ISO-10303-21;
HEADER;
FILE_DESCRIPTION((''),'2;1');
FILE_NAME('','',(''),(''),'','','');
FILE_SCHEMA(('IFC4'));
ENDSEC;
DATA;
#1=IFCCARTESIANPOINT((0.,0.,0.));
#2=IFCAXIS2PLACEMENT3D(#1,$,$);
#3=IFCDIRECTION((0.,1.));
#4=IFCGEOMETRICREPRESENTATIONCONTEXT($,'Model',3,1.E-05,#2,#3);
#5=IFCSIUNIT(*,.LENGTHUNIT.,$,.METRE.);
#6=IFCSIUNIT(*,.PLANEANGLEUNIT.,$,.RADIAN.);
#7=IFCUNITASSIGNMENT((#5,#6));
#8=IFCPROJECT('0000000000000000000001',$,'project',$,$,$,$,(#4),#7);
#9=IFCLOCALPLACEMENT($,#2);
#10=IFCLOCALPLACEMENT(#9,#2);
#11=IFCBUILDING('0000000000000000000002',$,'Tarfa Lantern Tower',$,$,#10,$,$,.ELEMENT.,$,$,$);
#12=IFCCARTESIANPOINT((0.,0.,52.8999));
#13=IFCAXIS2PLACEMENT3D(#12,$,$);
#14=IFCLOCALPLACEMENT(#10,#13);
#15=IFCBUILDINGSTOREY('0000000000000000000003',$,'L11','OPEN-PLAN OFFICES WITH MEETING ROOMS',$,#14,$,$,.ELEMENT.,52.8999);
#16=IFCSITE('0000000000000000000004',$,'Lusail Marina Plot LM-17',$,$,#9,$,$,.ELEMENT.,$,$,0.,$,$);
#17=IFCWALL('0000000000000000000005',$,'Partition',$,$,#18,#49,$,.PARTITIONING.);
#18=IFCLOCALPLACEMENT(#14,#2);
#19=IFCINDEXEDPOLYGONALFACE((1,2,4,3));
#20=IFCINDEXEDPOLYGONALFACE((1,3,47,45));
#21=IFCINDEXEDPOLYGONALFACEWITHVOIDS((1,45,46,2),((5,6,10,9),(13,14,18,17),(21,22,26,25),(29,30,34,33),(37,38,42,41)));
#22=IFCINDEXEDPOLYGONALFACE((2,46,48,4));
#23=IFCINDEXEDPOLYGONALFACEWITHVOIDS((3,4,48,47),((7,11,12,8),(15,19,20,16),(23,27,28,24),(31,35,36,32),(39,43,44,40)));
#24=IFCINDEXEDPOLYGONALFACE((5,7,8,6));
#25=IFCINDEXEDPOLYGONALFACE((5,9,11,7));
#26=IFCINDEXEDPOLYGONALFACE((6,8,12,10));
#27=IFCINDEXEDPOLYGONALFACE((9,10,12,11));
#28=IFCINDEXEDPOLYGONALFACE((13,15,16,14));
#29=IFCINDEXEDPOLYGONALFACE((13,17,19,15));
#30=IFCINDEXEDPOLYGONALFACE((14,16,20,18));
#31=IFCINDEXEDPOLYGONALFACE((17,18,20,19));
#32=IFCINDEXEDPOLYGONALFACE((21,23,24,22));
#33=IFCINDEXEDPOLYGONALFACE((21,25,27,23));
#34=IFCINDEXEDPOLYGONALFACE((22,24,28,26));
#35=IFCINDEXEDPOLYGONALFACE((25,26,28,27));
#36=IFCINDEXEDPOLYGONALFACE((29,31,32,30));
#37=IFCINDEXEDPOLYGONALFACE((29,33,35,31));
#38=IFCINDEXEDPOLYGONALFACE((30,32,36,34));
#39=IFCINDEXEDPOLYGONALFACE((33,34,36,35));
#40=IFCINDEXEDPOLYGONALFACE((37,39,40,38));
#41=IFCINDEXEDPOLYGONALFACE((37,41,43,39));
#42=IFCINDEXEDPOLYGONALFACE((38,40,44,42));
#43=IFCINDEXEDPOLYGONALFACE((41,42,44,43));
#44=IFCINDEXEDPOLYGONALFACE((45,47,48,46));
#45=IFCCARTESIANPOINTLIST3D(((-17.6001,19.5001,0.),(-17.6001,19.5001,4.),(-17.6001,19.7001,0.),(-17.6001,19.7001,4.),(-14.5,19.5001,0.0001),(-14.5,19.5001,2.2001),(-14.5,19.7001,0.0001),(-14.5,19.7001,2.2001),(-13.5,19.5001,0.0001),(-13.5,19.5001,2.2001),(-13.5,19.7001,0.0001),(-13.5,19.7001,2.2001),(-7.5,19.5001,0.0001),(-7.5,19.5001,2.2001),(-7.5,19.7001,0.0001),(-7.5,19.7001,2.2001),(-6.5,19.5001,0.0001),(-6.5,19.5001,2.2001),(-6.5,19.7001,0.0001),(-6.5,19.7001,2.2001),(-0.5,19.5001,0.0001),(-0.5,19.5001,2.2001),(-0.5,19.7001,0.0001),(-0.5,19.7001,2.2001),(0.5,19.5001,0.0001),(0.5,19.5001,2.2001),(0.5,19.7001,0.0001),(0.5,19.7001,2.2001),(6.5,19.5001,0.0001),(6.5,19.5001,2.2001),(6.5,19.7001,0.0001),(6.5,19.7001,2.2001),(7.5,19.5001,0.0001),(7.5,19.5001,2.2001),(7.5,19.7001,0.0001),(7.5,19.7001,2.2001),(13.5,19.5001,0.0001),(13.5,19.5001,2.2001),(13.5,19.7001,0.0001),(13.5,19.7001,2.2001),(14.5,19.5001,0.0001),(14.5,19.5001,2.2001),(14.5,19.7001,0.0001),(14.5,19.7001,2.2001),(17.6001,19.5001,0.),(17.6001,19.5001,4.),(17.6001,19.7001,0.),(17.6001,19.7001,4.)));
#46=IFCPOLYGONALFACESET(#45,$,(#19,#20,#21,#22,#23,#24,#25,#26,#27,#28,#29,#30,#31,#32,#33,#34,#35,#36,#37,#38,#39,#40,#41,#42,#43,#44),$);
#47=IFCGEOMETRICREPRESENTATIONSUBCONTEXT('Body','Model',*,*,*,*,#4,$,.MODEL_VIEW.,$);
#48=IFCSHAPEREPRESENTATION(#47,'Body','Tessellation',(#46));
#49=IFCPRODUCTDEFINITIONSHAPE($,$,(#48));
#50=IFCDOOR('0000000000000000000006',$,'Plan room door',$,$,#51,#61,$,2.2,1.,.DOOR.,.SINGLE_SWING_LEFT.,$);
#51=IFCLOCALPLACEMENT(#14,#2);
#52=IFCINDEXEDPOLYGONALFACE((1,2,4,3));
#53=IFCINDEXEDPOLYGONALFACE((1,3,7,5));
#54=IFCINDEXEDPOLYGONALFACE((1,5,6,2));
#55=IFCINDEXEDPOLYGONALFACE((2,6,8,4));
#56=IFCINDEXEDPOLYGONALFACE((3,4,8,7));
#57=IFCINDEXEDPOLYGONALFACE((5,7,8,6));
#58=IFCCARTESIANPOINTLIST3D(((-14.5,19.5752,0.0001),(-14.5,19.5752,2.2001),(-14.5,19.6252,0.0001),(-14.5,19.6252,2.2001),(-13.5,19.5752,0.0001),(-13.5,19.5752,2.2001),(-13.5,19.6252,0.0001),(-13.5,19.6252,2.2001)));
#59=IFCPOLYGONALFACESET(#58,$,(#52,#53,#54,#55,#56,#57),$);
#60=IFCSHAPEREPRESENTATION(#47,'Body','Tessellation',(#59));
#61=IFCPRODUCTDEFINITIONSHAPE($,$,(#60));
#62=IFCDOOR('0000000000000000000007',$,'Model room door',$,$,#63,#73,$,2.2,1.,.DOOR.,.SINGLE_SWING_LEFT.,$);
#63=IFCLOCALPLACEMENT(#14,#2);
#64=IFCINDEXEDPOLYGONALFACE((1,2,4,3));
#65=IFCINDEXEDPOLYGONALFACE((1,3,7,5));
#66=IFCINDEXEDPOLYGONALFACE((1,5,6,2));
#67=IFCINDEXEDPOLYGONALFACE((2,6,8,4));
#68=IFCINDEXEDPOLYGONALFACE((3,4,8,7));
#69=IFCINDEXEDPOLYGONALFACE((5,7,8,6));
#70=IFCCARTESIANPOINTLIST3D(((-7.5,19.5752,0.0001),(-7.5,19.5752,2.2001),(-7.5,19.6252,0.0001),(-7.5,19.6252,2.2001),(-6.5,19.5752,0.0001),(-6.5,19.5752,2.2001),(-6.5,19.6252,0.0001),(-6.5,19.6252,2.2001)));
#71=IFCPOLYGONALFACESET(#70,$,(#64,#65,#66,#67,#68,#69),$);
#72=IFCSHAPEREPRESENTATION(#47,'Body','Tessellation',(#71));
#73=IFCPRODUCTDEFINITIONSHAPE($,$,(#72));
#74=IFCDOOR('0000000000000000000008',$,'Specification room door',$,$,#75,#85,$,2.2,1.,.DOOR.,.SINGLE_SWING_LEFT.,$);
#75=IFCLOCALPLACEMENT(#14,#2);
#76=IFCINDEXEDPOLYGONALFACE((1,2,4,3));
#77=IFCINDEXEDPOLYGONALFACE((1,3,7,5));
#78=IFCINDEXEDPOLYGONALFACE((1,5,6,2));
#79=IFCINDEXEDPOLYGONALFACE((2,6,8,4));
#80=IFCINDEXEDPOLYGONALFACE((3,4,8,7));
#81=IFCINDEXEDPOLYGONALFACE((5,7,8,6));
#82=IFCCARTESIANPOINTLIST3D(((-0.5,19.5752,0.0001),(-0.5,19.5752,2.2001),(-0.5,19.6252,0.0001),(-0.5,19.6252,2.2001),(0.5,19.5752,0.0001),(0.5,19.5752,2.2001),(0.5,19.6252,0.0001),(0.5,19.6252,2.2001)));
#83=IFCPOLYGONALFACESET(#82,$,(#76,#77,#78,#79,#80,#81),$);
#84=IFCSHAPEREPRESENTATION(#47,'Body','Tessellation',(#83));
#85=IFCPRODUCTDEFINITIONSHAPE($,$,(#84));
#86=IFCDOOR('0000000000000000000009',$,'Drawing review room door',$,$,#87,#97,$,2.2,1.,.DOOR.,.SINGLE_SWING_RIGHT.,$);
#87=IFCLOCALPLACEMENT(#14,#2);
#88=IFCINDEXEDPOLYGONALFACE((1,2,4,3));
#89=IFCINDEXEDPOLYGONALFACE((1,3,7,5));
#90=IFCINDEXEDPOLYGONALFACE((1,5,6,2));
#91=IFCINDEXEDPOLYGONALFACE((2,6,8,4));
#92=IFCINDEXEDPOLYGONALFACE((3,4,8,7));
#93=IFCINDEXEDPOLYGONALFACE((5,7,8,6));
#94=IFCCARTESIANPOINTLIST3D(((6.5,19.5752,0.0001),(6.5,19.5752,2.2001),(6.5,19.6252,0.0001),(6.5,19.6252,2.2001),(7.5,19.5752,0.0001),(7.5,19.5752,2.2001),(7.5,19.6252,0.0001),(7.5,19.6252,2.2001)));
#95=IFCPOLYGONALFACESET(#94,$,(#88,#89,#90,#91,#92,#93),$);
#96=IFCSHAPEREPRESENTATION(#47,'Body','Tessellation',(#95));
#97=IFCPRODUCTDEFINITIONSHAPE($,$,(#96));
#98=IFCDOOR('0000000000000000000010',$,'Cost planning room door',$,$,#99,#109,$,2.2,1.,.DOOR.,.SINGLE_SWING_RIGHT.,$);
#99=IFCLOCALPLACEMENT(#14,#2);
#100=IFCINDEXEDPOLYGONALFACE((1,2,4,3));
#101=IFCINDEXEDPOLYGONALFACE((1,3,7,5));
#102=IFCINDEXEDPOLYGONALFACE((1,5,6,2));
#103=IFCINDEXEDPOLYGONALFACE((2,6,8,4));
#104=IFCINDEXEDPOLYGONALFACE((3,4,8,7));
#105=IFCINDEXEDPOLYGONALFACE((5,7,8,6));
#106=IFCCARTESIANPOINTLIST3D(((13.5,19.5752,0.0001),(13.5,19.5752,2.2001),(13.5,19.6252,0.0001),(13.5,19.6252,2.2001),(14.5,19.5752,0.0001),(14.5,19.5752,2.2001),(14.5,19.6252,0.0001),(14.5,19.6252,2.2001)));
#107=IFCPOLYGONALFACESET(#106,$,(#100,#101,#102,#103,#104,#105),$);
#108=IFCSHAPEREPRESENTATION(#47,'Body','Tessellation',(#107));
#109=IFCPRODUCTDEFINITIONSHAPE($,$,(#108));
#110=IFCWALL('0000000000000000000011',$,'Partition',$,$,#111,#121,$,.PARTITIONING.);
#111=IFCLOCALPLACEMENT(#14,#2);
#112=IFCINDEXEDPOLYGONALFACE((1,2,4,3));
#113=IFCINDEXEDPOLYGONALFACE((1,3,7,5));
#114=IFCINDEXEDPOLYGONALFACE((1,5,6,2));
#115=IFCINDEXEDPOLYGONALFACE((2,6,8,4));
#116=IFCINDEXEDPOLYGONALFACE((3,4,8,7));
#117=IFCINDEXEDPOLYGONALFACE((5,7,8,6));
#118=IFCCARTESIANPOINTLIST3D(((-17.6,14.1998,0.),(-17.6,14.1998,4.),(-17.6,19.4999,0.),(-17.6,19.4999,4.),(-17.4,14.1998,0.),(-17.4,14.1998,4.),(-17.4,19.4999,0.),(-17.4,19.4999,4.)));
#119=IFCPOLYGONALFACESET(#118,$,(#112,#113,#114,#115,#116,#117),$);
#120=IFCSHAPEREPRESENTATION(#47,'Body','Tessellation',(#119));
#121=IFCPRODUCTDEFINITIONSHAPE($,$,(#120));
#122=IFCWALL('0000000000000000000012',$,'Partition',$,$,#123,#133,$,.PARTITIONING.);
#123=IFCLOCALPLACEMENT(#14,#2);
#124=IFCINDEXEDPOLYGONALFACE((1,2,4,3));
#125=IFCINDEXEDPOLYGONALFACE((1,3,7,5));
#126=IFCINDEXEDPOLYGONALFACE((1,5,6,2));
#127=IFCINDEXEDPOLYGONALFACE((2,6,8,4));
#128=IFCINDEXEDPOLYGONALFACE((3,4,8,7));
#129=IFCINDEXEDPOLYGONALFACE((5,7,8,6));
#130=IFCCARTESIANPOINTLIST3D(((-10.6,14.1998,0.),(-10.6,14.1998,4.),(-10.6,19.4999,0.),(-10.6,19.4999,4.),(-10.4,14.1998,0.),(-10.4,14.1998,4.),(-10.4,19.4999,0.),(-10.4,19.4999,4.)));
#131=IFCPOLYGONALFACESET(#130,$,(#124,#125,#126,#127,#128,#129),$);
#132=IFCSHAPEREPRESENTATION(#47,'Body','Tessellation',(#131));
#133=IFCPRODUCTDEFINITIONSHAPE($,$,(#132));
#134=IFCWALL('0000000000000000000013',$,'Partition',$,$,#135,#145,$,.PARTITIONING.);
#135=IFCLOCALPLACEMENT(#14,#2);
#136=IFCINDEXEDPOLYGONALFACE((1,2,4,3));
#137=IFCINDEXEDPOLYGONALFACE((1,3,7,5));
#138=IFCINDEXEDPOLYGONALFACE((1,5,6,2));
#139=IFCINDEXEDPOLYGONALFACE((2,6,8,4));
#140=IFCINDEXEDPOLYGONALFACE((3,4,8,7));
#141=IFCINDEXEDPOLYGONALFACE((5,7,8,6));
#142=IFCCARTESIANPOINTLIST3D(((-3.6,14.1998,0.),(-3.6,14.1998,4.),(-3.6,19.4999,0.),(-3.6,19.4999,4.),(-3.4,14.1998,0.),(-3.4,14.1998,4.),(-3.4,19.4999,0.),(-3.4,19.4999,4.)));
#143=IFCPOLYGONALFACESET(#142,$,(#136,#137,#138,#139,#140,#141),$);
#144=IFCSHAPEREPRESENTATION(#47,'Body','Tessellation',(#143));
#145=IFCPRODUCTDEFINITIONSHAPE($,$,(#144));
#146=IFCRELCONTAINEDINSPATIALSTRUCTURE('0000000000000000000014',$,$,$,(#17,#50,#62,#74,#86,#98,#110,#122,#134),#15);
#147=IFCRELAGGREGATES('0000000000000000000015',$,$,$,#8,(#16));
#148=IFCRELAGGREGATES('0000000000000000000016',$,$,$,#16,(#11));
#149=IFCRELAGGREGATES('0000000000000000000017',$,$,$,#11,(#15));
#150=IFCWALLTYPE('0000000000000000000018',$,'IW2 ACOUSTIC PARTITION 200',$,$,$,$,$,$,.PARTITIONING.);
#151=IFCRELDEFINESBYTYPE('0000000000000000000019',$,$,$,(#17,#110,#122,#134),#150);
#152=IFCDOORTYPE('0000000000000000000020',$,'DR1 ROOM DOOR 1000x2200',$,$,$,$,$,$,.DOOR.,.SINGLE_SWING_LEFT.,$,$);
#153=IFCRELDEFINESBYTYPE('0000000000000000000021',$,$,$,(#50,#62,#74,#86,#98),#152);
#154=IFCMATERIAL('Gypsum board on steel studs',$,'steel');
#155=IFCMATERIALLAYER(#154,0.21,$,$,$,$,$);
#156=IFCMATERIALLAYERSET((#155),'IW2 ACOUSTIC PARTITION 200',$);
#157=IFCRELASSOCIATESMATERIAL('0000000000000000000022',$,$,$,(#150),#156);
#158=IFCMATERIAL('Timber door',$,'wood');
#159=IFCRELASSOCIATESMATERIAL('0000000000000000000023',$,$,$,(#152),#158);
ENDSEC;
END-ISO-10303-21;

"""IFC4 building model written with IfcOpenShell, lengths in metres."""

from ifc_helpers import new_model, si_unit, direction, frame, frame_2d, origin, place, context, subcontext, project, spatial, rectangle, extrude, material, layer, layer_set, type_object, element, fill, save


model = new_model("IFC4")

# Units and contexts
model_context = context("Model", 3, precision=1e-05, world=origin(), true_north=direction((0.0, 1.0)))
body_context = subcontext(model_context, "Body", "Model", "MODEL_VIEW")
ifc_project = project(units=[si_unit("LENGTHUNIT", "METRE"), si_unit("PLANEANGLEUNIT", "RADIAN")], contexts=[model_context])

# Site, building, storey
site_placement = place(None, origin())
site = spatial("IfcSite", under=ifc_project, at=site_placement, Name="Lusail Marina Plot LM-17", CompositionType="ELEMENT", RefElevation=0.0)
building_placement = place(site_placement, origin())
building = spatial("IfcBuilding", under=site, at=building_placement, Name="Tarfa Lantern Tower", CompositionType="ELEMENT")
storey_placement = place(building_placement, frame((0.0, 0.0, 52.8999)))
storey = spatial("IfcBuildingStorey", under=building, at=storey_placement, Name="L11", Description="OPEN-PLAN OFFICES WITH MEETING ROOMS", CompositionType="ELEMENT", Elevation=52.8999)

# Wall, openings, doors
ifc_material_1 = material(Name="Gypsum board on steel studs", Category="steel")
ifc_layer_1 = layer(ifc_material_1, 0.21)
ifc_layer_set_1 = layer_set([ifc_layer_1], Name="IW2 ACOUSTIC PARTITION 200")
wall_type = type_object("IfcWallType", Name="IW2 ACOUSTIC PARTITION 200", PredefinedType="PARTITIONING", material=ifc_layer_set_1)
wall_placement = place(storey_placement, frame((-17.6001, 19.6001, 0.0), z_axis=(0.0, 0.0, 1.0), x_axis=(1.0, 0.0, 0.0)))
wall = element("IfcWall", 1, at=wall_placement, inside=storey, type_object=wall_type, Name="Partition", PredefinedType="PARTITIONING", context=body_context, shape_type="SweptSolid", body=[
    extrude(rectangle(XDim=35.2002, YDim=0.2, at=frame_2d((17.6001, 0.0))), origin(), (0.0, 0.0, 1.0), 4.0),
])
opening_1_placement = place(wall_placement, frame((3.1001, 0.0, 0.0)))
opening_1 = element("IfcOpeningElement", 2, at=opening_1_placement, cuts=wall, PredefinedType="OPENING", context=body_context, shape_type="SweptSolid", body=[
    extrude(rectangle(XDim=1.0, YDim=2.2, at=frame_2d((0.5, 1.1001))), frame((0.0, 0.1099, 0.0), z_axis=(0.0, -1.0, 0.0), x_axis=(1.0, 0.0, 0.0)), (0.0, 0.0, 1.0), 0.22),
])
opening_2_placement = place(wall_placement, frame((10.1001, 0.0, 0.0)))
opening_2 = element("IfcOpeningElement", 3, at=opening_2_placement, cuts=wall, PredefinedType="OPENING", context=body_context, shape_type="SweptSolid", body=[
    extrude(rectangle(XDim=1.0, YDim=2.2, at=frame_2d((0.5, 1.1001))), frame((0.0, 0.1099, 0.0), z_axis=(0.0, -1.0, 0.0), x_axis=(1.0, 0.0, 0.0)), (0.0, 0.0, 1.0), 0.22),
])
opening_3_placement = place(wall_placement, frame((17.1001, 0.0, 0.0)))
opening_3 = element("IfcOpeningElement", 4, at=opening_3_placement, cuts=wall, PredefinedType="OPENING", context=body_context, shape_type="SweptSolid", body=[
    extrude(rectangle(XDim=1.0, YDim=2.2, at=frame_2d((0.5, 1.1001))), frame((0.0, 0.1099, 0.0), z_axis=(0.0, -1.0, 0.0), x_axis=(1.0, 0.0, 0.0)), (0.0, 0.0, 1.0), 0.22),
])
opening_4_placement = place(wall_placement, frame((24.1001, 0.0, 0.0)))
opening_4 = element("IfcOpeningElement", 5, at=opening_4_placement, cuts=wall, PredefinedType="OPENING", context=body_context, shape_type="SweptSolid", body=[
    extrude(rectangle(XDim=1.0, YDim=2.2, at=frame_2d((0.5, 1.1001))), frame((0.0, 0.1099, 0.0), z_axis=(0.0, -1.0, 0.0), x_axis=(1.0, 0.0, 0.0)), (0.0, 0.0, 1.0), 0.22),
])
opening_5_placement = place(wall_placement, frame((31.1001, 0.0, 0.0)))
opening_5 = element("IfcOpeningElement", 6, at=opening_5_placement, cuts=wall, PredefinedType="OPENING", context=body_context, shape_type="SweptSolid", body=[
    extrude(rectangle(XDim=1.0, YDim=2.2, at=frame_2d((0.5, 1.1001))), frame((0.0, 0.1099, 0.0), z_axis=(0.0, -1.0, 0.0), x_axis=(1.0, 0.0, 0.0)), (0.0, 0.0, 1.0), 0.22),
])
ifc_material_2 = material(Name="Timber door", Category="wood")
door_type = type_object("IfcDoorType", Name="DR1 ROOM DOOR 1000x2200", OperationType="SINGLE_SWING_LEFT", PredefinedType="DOOR", material=ifc_material_2)
door_1_placement = place(opening_1_placement, frame((1.0, 0.0, 0.0), z_axis=(0.0, 0.0, 1.0), x_axis=(-1.0, 0.0, 0.0)))
door_1 = element("IfcDoor", 7, at=door_1_placement, inside=storey, type_object=door_type, Name="Plan room door", OperationType="SINGLE_SWING_LEFT", OverallHeight=2.2, OverallWidth=1.0, PredefinedType="DOOR", context=body_context, shape_type="SweptSolid", body=[
    extrude(rectangle(XDim=1.0, YDim=2.2, at=frame_2d((0.5, 1.1001))), frame((0.0, 0.0249, 0.0), z_axis=(0.0, -1.0, 0.0), x_axis=(1.0, 0.0, 0.0)), (0.0, 0.0, 1.0), 0.05),
])
fill(opening_1, door_1)
door_2_placement = place(opening_2_placement, frame((1.0, 0.0, 0.0), z_axis=(0.0, 0.0, 1.0), x_axis=(-1.0, 0.0, 0.0)))
door_2 = element("IfcDoor", 8, at=door_2_placement, inside=storey, type_object=door_type, Name="Model room door", OperationType="SINGLE_SWING_LEFT", OverallHeight=2.2, OverallWidth=1.0, PredefinedType="DOOR", context=body_context, shape_type="SweptSolid", body=[
    extrude(rectangle(XDim=1.0, YDim=2.2, at=frame_2d((0.5, 1.1001))), frame((0.0, 0.0249, 0.0), z_axis=(0.0, -1.0, 0.0), x_axis=(1.0, 0.0, 0.0)), (0.0, 0.0, 1.0), 0.05),
])
fill(opening_2, door_2)
door_3_placement = place(opening_3_placement, frame((1.0, 0.0, 0.0), z_axis=(0.0, 0.0, 1.0), x_axis=(-1.0, 0.0, 0.0)))
door_3 = element("IfcDoor", 9, at=door_3_placement, inside=storey, type_object=door_type, Name="Specification room door", OperationType="SINGLE_SWING_LEFT", OverallHeight=2.2, OverallWidth=1.0, PredefinedType="DOOR", context=body_context, shape_type="SweptSolid", body=[
    extrude(rectangle(XDim=1.0, YDim=2.2, at=frame_2d((0.5, 1.1001))), frame((0.0, 0.0249, 0.0), z_axis=(0.0, -1.0, 0.0), x_axis=(1.0, 0.0, 0.0)), (0.0, 0.0, 1.0), 0.05),
])
fill(opening_3, door_3)
door_4_placement = place(opening_4_placement, frame((1.0, 0.0, 0.0), z_axis=(0.0, 0.0, 1.0), x_axis=(-1.0, 0.0, 0.0)))
door_4 = element("IfcDoor", 10, at=door_4_placement, inside=storey, type_object=door_type, Name="Drawing review room door", OperationType="SINGLE_SWING_RIGHT", OverallHeight=2.2, OverallWidth=1.0, PredefinedType="DOOR", context=body_context, shape_type="SweptSolid", body=[
    extrude(rectangle(XDim=1.0, YDim=2.2, at=frame_2d((0.5, 1.1001))), frame((0.0, 0.0249, 0.0), z_axis=(0.0, -1.0, 0.0), x_axis=(1.0, 0.0, 0.0)), (0.0, 0.0, 1.0), 0.05),
])
fill(opening_4, door_4)
door_5_placement = place(opening_5_placement, frame((1.0, 0.0, 0.0), z_axis=(0.0, 0.0, 1.0), x_axis=(-1.0, 0.0, 0.0)))
door_5 = element("IfcDoor", 11, at=door_5_placement, inside=storey, type_object=door_type, Name="Cost planning room door", OperationType="SINGLE_SWING_RIGHT", OverallHeight=2.2, OverallWidth=1.0, PredefinedType="DOOR", context=body_context, shape_type="SweptSolid", body=[
    extrude(rectangle(XDim=1.0, YDim=2.2, at=frame_2d((0.5, 1.1001))), frame((0.0, 0.0249, 0.0), z_axis=(0.0, -1.0, 0.0), x_axis=(1.0, 0.0, 0.0)), (0.0, 0.0, 1.0), 0.05),
])
fill(opening_5, door_5)

# Walls
for number, where, z_axis, x_axis, name in (
    (12, (-17.5, 14.2, 0.0), (0.0, 0.0, 1.0), (0.0, 1.0, 0.0), "Partition"),
    (13, (-10.5, 14.2, 0.0), (0.0, 0.0, 1.0), (0.0, 1.0, 0.0), "Partition"),
    (14, (-3.5, 14.2, 0.0), (0.0, 0.0, 1.0), (0.0, 1.0, 0.0), "Partition"),
):
    element("IfcWall", number, at=place(storey_placement, frame(where, z_axis=z_axis, x_axis=x_axis)), inside=storey, type_object=wall_type, Name=name, PredefinedType="PARTITIONING", context=body_context, shape_type="SweptSolid", body=[
        extrude(rectangle(XDim=5.3, YDim=0.2, at=frame_2d((2.6499, 0.0))), origin(), (0.0, 0.0, 1.0), 4.0),
    ])

save(model, "model.ifc")
